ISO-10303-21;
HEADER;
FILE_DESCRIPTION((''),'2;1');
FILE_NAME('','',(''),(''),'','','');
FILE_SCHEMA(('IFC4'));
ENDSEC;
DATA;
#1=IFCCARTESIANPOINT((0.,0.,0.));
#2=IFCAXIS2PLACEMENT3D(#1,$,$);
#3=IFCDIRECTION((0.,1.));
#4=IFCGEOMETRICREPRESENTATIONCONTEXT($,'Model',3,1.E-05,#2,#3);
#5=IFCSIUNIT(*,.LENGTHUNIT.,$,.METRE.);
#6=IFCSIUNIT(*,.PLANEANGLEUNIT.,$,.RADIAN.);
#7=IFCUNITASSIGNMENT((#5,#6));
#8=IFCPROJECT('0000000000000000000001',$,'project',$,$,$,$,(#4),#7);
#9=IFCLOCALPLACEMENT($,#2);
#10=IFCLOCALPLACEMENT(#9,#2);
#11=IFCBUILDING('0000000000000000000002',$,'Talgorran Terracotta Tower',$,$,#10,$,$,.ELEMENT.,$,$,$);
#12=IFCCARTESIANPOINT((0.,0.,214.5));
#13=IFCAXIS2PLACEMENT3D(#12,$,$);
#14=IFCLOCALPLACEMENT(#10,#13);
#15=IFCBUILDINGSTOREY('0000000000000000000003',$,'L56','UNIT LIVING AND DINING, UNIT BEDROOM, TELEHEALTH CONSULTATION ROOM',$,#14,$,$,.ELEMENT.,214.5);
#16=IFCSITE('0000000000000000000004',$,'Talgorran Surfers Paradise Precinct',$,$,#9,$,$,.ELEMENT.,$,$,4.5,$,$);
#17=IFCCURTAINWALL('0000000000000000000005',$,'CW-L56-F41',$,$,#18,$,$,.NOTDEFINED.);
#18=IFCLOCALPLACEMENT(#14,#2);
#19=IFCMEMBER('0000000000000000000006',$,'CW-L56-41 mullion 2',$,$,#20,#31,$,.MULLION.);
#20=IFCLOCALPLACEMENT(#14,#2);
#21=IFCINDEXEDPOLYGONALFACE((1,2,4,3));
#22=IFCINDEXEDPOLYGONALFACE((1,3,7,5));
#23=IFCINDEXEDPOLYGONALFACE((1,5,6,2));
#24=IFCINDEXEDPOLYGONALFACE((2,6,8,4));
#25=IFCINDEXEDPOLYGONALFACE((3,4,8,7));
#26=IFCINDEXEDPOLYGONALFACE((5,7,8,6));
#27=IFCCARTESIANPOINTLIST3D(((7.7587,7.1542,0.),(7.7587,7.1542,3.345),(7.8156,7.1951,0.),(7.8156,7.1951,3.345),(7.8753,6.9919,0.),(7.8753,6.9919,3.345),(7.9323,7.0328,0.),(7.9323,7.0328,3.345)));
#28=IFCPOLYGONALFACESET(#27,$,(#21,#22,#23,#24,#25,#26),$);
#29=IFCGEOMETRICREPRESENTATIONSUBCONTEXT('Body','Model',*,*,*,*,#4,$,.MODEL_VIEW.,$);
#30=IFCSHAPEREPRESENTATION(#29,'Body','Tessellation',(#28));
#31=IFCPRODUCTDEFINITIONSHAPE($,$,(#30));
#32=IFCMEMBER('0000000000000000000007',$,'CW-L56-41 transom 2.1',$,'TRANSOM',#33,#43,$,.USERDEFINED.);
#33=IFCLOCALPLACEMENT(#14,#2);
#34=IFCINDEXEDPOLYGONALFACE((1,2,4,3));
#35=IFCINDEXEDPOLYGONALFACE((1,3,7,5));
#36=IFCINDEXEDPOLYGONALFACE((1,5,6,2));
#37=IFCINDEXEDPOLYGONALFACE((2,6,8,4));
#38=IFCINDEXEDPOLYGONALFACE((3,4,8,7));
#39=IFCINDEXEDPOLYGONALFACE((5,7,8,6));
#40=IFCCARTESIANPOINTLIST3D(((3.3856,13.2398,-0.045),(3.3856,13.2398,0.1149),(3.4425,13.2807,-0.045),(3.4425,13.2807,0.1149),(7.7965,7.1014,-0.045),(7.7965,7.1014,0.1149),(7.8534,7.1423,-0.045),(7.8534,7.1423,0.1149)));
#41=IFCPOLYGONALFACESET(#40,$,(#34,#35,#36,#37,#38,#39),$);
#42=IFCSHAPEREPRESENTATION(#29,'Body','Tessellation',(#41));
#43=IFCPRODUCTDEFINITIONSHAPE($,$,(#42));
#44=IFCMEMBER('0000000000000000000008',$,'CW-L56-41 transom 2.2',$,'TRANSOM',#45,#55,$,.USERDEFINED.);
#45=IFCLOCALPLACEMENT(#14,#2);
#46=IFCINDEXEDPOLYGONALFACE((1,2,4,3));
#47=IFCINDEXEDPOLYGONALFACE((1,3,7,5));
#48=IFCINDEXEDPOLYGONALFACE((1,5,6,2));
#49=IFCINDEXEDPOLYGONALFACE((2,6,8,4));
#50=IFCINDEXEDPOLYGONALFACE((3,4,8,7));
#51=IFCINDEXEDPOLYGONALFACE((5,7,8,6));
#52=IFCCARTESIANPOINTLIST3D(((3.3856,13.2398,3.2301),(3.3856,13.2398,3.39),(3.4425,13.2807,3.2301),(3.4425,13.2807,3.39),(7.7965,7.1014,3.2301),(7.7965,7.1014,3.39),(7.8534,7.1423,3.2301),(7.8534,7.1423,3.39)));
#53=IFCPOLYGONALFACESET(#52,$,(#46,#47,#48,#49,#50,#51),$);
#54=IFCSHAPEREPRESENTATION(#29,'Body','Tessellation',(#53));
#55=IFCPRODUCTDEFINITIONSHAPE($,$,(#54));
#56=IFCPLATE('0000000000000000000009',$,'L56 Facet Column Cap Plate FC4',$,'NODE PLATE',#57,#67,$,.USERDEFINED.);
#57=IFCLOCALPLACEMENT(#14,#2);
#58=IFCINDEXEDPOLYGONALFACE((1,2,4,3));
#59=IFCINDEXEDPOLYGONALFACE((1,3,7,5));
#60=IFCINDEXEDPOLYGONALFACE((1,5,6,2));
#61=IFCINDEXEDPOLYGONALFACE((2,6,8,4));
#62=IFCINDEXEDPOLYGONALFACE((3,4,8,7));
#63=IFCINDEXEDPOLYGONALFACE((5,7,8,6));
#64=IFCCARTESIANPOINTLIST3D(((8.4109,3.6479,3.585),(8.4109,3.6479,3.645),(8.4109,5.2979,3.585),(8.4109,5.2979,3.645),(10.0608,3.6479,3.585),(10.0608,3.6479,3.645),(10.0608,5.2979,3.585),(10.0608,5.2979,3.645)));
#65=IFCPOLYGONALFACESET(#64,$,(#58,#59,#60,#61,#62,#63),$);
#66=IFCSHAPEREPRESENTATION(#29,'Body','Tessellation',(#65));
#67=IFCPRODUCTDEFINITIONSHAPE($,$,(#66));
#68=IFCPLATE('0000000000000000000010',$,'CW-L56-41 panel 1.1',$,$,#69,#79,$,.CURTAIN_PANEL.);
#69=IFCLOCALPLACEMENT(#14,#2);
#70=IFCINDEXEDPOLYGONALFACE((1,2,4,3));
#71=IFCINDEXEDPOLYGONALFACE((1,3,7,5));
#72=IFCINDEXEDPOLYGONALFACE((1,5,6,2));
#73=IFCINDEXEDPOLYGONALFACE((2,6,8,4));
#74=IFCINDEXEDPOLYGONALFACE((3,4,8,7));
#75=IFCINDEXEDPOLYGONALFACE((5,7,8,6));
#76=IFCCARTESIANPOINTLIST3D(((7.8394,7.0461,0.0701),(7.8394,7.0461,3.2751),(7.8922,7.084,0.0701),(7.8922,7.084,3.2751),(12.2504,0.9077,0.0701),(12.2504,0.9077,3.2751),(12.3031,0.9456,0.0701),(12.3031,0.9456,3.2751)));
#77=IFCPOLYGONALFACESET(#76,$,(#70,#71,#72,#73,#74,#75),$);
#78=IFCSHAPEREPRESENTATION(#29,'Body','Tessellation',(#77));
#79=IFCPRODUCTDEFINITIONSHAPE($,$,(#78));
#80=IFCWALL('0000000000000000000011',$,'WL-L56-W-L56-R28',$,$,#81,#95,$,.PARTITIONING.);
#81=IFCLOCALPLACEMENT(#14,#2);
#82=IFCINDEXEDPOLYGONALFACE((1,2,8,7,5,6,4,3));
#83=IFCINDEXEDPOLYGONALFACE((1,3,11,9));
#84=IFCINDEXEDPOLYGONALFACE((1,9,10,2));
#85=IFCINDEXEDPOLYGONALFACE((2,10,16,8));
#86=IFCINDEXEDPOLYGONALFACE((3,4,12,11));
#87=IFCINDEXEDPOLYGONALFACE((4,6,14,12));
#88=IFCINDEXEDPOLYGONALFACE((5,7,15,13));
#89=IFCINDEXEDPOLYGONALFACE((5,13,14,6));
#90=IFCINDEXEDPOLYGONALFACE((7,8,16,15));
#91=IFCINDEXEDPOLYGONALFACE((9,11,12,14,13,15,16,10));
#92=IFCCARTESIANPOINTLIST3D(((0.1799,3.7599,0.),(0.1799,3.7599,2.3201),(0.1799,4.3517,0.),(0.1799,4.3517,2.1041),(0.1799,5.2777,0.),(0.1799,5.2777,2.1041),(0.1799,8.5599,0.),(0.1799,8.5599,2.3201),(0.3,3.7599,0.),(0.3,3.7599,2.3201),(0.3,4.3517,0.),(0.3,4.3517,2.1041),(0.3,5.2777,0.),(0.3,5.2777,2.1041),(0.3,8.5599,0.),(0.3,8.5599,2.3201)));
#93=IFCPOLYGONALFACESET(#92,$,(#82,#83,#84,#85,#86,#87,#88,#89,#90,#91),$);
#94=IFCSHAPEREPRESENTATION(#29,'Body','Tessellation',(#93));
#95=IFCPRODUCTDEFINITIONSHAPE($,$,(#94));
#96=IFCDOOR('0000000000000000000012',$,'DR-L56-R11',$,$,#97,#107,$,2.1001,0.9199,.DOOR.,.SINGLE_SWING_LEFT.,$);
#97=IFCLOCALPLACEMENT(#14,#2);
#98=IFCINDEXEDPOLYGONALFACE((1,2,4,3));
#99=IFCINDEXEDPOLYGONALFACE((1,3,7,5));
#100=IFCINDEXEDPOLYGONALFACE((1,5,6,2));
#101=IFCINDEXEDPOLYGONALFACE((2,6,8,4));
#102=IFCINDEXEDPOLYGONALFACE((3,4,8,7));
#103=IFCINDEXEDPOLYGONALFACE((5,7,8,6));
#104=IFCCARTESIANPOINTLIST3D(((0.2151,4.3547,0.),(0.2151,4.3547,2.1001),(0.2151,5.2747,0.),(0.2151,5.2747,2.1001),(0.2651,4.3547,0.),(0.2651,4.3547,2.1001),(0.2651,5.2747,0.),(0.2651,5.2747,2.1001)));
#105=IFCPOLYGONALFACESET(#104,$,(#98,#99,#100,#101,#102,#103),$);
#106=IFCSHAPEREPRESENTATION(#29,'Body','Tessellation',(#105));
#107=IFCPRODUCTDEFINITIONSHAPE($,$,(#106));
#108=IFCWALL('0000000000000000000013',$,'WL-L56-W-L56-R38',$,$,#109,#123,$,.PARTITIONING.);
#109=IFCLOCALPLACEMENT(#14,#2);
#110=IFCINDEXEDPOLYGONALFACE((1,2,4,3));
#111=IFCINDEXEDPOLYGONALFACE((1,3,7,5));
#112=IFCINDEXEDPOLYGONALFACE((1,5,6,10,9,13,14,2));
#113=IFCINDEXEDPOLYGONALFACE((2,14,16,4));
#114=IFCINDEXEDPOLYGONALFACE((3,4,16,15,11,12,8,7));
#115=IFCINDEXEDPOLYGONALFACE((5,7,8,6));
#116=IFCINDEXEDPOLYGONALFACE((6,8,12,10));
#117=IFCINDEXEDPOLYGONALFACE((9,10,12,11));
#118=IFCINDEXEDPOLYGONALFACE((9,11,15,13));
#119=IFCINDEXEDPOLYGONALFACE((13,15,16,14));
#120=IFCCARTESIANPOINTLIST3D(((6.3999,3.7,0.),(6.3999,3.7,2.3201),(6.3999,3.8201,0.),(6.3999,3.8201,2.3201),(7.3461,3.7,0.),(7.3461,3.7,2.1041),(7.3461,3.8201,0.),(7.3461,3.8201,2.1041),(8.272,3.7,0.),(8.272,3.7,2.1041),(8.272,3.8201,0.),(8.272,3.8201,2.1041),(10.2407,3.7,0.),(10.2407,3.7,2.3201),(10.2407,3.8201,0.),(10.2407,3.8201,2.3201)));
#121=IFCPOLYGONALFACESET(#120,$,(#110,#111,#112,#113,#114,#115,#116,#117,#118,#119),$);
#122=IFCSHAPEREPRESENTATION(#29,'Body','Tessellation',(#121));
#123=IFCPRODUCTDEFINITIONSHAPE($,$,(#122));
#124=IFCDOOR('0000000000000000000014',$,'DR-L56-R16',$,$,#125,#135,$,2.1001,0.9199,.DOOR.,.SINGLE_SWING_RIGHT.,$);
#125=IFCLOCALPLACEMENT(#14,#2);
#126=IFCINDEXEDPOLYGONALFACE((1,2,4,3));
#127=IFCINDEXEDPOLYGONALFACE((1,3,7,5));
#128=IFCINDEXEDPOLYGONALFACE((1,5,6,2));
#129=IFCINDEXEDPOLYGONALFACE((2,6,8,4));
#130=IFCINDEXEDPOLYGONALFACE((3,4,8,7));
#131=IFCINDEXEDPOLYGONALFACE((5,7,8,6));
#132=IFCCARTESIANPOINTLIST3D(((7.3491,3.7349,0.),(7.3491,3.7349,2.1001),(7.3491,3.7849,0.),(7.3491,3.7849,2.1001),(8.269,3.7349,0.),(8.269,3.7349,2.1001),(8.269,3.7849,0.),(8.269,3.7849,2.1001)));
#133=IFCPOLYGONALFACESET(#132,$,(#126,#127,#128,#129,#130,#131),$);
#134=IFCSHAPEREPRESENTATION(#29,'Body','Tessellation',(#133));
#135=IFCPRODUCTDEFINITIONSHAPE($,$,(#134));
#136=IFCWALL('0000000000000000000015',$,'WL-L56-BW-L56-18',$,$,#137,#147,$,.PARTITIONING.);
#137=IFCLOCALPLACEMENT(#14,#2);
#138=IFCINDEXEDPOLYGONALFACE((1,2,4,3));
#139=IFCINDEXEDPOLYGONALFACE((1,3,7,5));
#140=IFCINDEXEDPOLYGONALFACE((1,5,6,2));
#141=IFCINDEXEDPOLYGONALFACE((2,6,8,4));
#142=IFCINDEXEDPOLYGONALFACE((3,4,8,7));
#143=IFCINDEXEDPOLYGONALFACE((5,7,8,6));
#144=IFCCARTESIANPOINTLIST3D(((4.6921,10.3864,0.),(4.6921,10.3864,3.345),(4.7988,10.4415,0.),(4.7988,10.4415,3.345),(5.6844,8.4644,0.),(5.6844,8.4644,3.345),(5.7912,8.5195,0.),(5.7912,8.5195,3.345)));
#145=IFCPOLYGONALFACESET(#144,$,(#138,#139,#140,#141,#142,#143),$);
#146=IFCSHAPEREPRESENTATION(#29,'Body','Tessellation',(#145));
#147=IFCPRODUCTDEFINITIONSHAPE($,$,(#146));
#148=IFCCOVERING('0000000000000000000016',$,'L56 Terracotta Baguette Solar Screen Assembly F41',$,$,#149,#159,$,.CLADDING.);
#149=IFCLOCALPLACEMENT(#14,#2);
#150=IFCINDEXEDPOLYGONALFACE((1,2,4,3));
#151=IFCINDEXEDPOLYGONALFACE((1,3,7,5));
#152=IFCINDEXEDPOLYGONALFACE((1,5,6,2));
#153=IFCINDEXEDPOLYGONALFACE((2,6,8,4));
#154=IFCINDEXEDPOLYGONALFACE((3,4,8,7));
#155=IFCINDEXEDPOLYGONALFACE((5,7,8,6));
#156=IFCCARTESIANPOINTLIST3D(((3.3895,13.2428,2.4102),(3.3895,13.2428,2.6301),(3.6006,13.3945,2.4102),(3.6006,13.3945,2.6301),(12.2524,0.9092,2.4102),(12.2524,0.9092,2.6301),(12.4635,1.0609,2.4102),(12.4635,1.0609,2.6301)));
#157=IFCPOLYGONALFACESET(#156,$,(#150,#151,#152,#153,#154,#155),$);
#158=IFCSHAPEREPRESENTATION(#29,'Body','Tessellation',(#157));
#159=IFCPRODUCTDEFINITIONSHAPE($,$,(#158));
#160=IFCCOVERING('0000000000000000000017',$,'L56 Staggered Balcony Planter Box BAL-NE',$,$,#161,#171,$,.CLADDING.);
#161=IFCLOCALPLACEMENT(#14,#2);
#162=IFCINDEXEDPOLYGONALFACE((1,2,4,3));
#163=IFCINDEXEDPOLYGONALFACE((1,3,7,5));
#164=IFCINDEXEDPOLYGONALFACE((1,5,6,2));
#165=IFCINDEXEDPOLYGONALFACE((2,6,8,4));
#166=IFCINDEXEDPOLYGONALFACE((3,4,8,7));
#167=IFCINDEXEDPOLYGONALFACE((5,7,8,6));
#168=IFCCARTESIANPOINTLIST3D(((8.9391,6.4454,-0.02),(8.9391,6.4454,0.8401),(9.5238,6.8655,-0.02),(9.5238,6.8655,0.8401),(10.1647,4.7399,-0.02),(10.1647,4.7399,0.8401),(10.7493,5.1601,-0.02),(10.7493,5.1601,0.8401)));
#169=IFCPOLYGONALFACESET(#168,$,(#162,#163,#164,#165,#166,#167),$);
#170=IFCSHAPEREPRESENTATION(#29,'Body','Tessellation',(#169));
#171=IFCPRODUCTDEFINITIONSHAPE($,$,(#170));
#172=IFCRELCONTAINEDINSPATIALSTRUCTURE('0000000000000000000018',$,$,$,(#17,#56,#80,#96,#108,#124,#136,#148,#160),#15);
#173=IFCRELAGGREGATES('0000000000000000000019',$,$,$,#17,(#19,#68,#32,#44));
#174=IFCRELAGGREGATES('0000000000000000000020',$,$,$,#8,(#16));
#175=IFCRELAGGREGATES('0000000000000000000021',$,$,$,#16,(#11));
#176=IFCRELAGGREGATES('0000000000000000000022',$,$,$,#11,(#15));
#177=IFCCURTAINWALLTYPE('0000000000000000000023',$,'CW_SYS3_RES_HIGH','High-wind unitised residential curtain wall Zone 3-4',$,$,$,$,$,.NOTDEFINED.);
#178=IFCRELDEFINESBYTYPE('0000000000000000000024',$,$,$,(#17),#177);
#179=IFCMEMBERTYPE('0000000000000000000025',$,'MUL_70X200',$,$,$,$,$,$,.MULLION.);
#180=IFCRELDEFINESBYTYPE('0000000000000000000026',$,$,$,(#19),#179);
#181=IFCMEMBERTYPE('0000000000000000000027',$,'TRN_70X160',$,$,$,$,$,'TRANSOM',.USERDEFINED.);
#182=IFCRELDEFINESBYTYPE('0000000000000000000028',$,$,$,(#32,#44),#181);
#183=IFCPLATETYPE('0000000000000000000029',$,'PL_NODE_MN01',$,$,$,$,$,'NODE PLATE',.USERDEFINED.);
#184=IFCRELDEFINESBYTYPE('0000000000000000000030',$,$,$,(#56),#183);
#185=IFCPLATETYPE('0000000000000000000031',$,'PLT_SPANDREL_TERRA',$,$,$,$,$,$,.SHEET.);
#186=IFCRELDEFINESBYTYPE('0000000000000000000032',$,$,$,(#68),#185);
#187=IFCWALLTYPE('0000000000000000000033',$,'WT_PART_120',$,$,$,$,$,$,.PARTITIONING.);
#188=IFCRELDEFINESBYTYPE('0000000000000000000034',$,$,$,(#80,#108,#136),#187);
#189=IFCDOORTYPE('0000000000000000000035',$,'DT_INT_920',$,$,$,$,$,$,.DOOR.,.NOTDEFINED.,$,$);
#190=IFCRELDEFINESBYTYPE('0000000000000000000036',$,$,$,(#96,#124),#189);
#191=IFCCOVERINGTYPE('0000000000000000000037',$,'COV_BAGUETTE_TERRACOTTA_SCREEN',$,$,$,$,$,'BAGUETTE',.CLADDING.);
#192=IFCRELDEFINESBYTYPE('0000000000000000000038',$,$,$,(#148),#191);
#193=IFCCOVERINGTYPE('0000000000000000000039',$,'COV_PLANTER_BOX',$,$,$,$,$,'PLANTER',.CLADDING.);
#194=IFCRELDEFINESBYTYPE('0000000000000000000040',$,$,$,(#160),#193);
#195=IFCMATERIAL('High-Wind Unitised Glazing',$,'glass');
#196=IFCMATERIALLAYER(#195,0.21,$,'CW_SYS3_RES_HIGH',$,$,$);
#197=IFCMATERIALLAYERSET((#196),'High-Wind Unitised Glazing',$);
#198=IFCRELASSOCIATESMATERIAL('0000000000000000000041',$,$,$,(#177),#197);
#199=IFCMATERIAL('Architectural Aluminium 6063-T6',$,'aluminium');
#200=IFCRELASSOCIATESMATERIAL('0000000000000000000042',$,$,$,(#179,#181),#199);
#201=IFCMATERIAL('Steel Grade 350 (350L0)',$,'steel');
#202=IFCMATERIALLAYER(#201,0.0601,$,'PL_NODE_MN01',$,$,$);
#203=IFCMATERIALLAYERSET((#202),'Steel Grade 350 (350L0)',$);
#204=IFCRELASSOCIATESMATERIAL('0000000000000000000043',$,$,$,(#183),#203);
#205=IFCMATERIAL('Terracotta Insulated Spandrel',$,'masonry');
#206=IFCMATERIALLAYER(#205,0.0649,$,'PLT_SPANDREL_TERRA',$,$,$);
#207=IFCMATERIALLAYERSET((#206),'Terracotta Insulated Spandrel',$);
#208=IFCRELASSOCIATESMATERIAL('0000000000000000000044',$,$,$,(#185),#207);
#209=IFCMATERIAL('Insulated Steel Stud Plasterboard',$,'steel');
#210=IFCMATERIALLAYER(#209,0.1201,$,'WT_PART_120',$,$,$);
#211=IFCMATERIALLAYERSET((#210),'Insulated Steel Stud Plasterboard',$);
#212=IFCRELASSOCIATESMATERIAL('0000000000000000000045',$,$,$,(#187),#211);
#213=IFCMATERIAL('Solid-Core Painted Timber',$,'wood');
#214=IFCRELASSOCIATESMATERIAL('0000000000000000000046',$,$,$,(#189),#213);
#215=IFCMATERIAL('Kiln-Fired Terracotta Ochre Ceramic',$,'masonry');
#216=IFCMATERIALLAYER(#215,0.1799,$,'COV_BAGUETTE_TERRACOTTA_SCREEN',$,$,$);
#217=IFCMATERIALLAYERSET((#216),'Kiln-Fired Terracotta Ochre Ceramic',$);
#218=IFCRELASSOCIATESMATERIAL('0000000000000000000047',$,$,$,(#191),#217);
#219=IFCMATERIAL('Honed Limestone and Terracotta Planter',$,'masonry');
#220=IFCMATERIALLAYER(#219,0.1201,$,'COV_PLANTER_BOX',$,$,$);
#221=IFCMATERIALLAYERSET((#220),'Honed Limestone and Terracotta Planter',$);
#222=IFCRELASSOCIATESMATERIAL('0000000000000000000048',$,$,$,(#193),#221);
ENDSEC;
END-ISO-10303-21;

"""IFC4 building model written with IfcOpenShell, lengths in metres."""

from ifc_helpers import new_model, si_unit, direction, frame, frame_2d, origin, origin_2d, place, context, subcontext, project, spatial, rectangle, extrude, source, transform, mapped, material, layer, layer_set, material_profile, profile_set, type_object, type_shapes, element, fill, aggregate, save


model = new_model("IFC4")

# Units and contexts
model_context = context("Model", 3, precision=1e-05, world=origin(), true_north=direction((0.0, 1.0)))
body_context = subcontext(model_context, "Body", "Model", "MODEL_VIEW")
ifc_project = project(units=[si_unit("LENGTHUNIT", "METRE"), si_unit("PLANEANGLEUNIT", "RADIAN")], contexts=[model_context])

# Site, building, storey
site_placement = place(None, origin())
site = spatial("IfcSite", under=ifc_project, at=site_placement, Name="Talgorran Surfers Paradise Precinct", CompositionType="ELEMENT", RefElevation=4.5)
building_placement = place(site_placement, origin())
building = spatial("IfcBuilding", under=site, at=building_placement, Name="Talgorran Terracotta Tower", CompositionType="ELEMENT")
storey_placement = place(building_placement, frame((0.0, 0.0, 214.5)))
storey = spatial("IfcBuildingStorey", under=building, at=storey_placement, Name="L56", Description="UNIT LIVING AND DINING, UNIT BEDROOM, TELEHEALTH CONSULTATION ROOM", CompositionType="ELEMENT", Elevation=214.5)

# Shared definitions
ifc_material_1 = material(Name="Steel Grade 350 (350L0)", Category="steel")

# Curtain wall, members
ifc_material_2 = material(Name="High-Wind Unitised Glazing", Category="glass")
ifc_layer_1 = layer(ifc_material_2, 0.21, Name="CW_SYS3_RES_HIGH")
ifc_layer_set_1 = layer_set([ifc_layer_1], Name="High-Wind Unitised Glazing")
curtain_wall_type = type_object("IfcCurtainWallType", Name="CW_SYS3_RES_HIGH", Description="High-wind unitised residential curtain wall Zone 3-4", PredefinedType="NOTDEFINED", material=ifc_layer_set_1)
curtain_wall_placement = place(storey_placement, origin())
curtain_wall = element("IfcCurtainWall", 1, at=curtain_wall_placement, inside=storey, type_object=curtain_wall_type, Name="CW-L56-F41", PredefinedType="NOTDEFINED")
ifc_material_3 = material(Name="Architectural Aluminium 6063-T6", Category="aluminium")
ifc_material_profile_1 = material_profile(ifc_material_3, rectangle(XDim=0.0701, YDim=0.2, at=origin_2d()), Name="CWM70X200")
ifc_profile_set_1 = profile_set([ifc_material_profile_1], Name="Architectural Aluminium 6063-T6")
member_type_1 = type_object("IfcMemberType", Name="MUL_70X200", PredefinedType="MULLION", material=ifc_profile_set_1)
member_1_placement = place(storey_placement, frame((7.8455, 7.0935, 0.0), z_axis=(0.0, 0.0, 1.0), x_axis=(-0.812077, -0.58355, 0.0)))
member_1 = element("IfcMember", 2, at=member_1_placement, type_object=member_type_1, Name="CW-L56-41 mullion 2", PredefinedType="MULLION", context=body_context, shape_type="SweptSolid", body=[
    extrude(rectangle(XDim=0.0701, YDim=0.2, at=origin_2d()), origin(), (0.0, 0.0, 1.0), 3.345),
])
ifc_material_profile_2 = material_profile(ifc_material_3, rectangle(XDim=0.0701, YDim=0.1599, at=origin_2d()), Name="CWT70X160")
ifc_profile_set_2 = profile_set([ifc_material_profile_2], Name="Architectural Aluminium 6063-T6")
member_type_2 = type_object("IfcMemberType", Name="TRN_70X160", ElementType="TRANSOM", PredefinedType="USERDEFINED", material=ifc_profile_set_2)
member_2_placement = place(storey_placement, frame((7.825, 7.1218, 0.0349), z_axis=(-0.58354, 0.812085, 0.0), x_axis=(-0.812085, -0.58354, 0.0)))
member_2 = element("IfcMember", 3, at=member_2_placement, type_object=member_type_2, Name="CW-L56-41 transom 2.1", ObjectType="TRANSOM", PredefinedType="USERDEFINED", context=body_context, shape_type="SweptSolid", body=[
    extrude(rectangle(XDim=0.0701, YDim=0.1599, at=origin_2d()), origin(), (0.0, 0.0, 1.0), 7.5588),
])
member_3_placement = place(storey_placement, frame((7.825, 7.1218, 3.3101), z_axis=(-0.58354, 0.812085, 0.0), x_axis=(-0.812085, -0.58354, 0.0)))
member_3 = element("IfcMember", 4, at=member_3_placement, type_object=member_type_2, Name="CW-L56-41 transom 2.2", ObjectType="TRANSOM", PredefinedType="USERDEFINED", context=body_context, shape_type="SweptSolid", body=[
    extrude(rectangle(XDim=0.0701, YDim=0.1599, at=origin_2d()), origin(), (0.0, 0.0, 1.0), 7.5588),
])

# Plates
ifc_layer_2 = layer(ifc_material_1, 0.0601, Name="PL_NODE_MN01")
ifc_layer_set_2 = layer_set([ifc_layer_2], Name="Steel Grade 350 (350L0)")
plate_type_1 = type_object("IfcPlateType", Name="PL_NODE_MN01", ElementType="NODE PLATE", PredefinedType="USERDEFINED", material=ifc_layer_set_2)
plate_1_placement = place(storey_placement, frame((9.2358, 4.4729, 3.585), z_axis=(0.0, 0.0, 1.0), x_axis=(1.0, 0.0, 0.0)))
element("IfcPlate", 5, at=plate_1_placement, inside=storey, type_object=plate_type_1, Name="L56 Facet Column Cap Plate FC4", ObjectType="NODE PLATE", PredefinedType="USERDEFINED", context=body_context, shape_type="SweptSolid", body=[
    extrude(rectangle(XDim=1.6499, YDim=1.6499, at=origin_2d()), origin(), (0.0, 0.0, 1.0), 0.0601),
])
ifc_material_4 = material(Name="Terracotta Insulated Spandrel", Category="masonry")
ifc_layer_3 = layer(ifc_material_4, 0.0649, Name="PLT_SPANDREL_TERRA")
ifc_layer_set_3 = layer_set([ifc_layer_3], Name="Terracotta Insulated Spandrel")
plate_type_2 = type_object("IfcPlateType", Name="PLT_SPANDREL_TERRA", PredefinedType="SHEET", material=ifc_layer_set_3)
shared_shape = source(origin(), body_context, "Body", "SweptSolid", [
    extrude(rectangle(XDim=7.5588, YDim=0.0649, at=origin_2d()), origin(), (0.0, 0.0, 1.0), 3.2051),
])
type_shapes(plate_type_2, [shared_shape])
plate_2_placement = place(storey_placement, frame((10.0713, 3.9958, 0.0701), z_axis=(0.0, 0.0, 1.0), x_axis=(-0.58355, 0.812077, 0.0)))
plate_2 = element("IfcPlate", 6, at=plate_2_placement, type_object=plate_type_2, Name="CW-L56-41 panel 1.1", PredefinedType="CURTAIN_PANEL", context=body_context, shape_type="MappedRepresentation", body=[
    mapped(shared_shape, transform((0.0, 0.0, 0.0), scale=1.0)),
])
aggregate(curtain_wall, [member_1, plate_2, member_2, member_3])

# Walls, openings, doors
ifc_material_5 = material(Name="Insulated Steel Stud Plasterboard", Category="steel")
ifc_layer_4 = layer(ifc_material_5, 0.1201, Name="WT_PART_120")
ifc_layer_set_4 = layer_set([ifc_layer_4], Name="Insulated Steel Stud Plasterboard")
wall_type = type_object("IfcWallType", Name="WT_PART_120", PredefinedType="PARTITIONING", material=ifc_layer_set_4)
wall_1_placement = place(storey_placement, frame((0.24, 3.76, 0.0), z_axis=(0.0, 0.0, 1.0), x_axis=(0.0, 1.0, 0.0)))
wall_1 = element("IfcWall", 7, at=wall_1_placement, inside=storey, type_object=wall_type, Name="WL-L56-W-L56-R28", PredefinedType="PARTITIONING", context=body_context, shape_type="SweptSolid", body=[
    extrude(rectangle(XDim=4.8, YDim=0.1201, at=frame_2d((2.3999, 0.0))), origin(), (0.0, 0.0, 1.0), 2.3201),
])
opening_1_placement = place(wall_1_placement, frame((0.5947, 0.0, 0.0)))
opening_1 = element("IfcOpeningElement", 8, at=opening_1_placement, cuts=wall_1, PredefinedType="OPENING", context=body_context, shape_type="SweptSolid", body=[
    extrude(rectangle(XDim=0.9259, YDim=2.1041, at=frame_2d((0.46, 1.052))), frame((0.0, 0.0701, 0.0), z_axis=(0.0, -1.0, 0.0), x_axis=(1.0, 0.0, 0.0)), (0.0, 0.0, 1.0), 0.1401),
])
ifc_material_6 = material(Name="Solid-Core Painted Timber", Category="wood")
door_type = type_object("IfcDoorType", Name="DT_INT_920", OperationType="NOTDEFINED", PredefinedType="DOOR", material=ifc_material_6)
door_1_placement = place(opening_1_placement, origin())
door_1 = element("IfcDoor", 9, at=door_1_placement, inside=storey, type_object=door_type, Name="DR-L56-R11", OperationType="SINGLE_SWING_LEFT", OverallHeight=2.1001, OverallWidth=0.9199, PredefinedType="DOOR", context=body_context, shape_type="SweptSolid", body=[
    extrude(rectangle(XDim=0.9199, YDim=2.1001, at=frame_2d((0.46, 1.05))), frame((0.0, 0.0249, 0.0), z_axis=(0.0, -1.0, 0.0), x_axis=(1.0, 0.0, 0.0)), (0.0, 0.0, 1.0), 0.05),
])
fill(opening_1, door_1)
wall_2_placement = place(storey_placement, frame((6.3999, 3.76, 0.0), z_axis=(0.0, 0.0, 1.0), x_axis=(1.0, 0.0, 0.0)))
wall_2 = element("IfcWall", 10, at=wall_2_placement, inside=storey, type_object=wall_type, Name="WL-L56-W-L56-R38", PredefinedType="PARTITIONING", context=body_context, shape_type="SweptSolid", body=[
    extrude(rectangle(XDim=3.8408, YDim=0.1201, at=frame_2d((1.9204, 0.0))), origin(), (0.0, 0.0, 1.0), 2.3201),
])
opening_2_placement = place(wall_2_placement, frame((0.9492, 0.0, 0.0)))
opening_2 = element("IfcOpeningElement", 11, at=opening_2_placement, cuts=wall_2, PredefinedType="OPENING", context=body_context, shape_type="SweptSolid", body=[
    extrude(rectangle(XDim=0.9259, YDim=2.1041, at=frame_2d((0.46, 1.052))), frame((0.0, 0.0701, 0.0), z_axis=(0.0, -1.0, 0.0), x_axis=(1.0, 0.0, 0.0)), (0.0, 0.0, 1.0), 0.1401),
])
door_2_placement = place(opening_2_placement, origin())
door_2 = element("IfcDoor", 12, at=door_2_placement, inside=storey, type_object=door_type, Name="DR-L56-R16", OperationType="SINGLE_SWING_RIGHT", OverallHeight=2.1001, OverallWidth=0.9199, PredefinedType="DOOR", context=body_context, shape_type="SweptSolid", body=[
    extrude(rectangle(XDim=0.9199, YDim=2.1001, at=frame_2d((0.46, 1.05))), frame((0.0, 0.0249, 0.0), z_axis=(0.0, -1.0, 0.0), x_axis=(1.0, 0.0, 0.0)), (0.0, 0.0, 1.0), 0.05),
])
fill(opening_2, door_2)

# Wall
wall_3_placement = place(storey_placement, frame((5.7378, 8.4919, 0.0), z_axis=(0.0, 0.0, 1.0), x_axis=(-0.458778, 0.888551, 0.0)))
element("IfcWall", 13, at=wall_3_placement, inside=storey, type_object=wall_type, Name="WL-L56-BW-L56-18", PredefinedType="PARTITIONING", context=body_context, shape_type="SweptSolid", body=[
    extrude(rectangle(XDim=2.1631, YDim=0.1201, at=frame_2d((1.0815, 0.0))), origin(), (0.0, 0.0, 1.0), 3.345),
])

# Coverings
ifc_material_7 = material(Name="Kiln-Fired Terracotta Ochre Ceramic", Category="masonry")
ifc_layer_5 = layer(ifc_material_7, 0.1799, Name="COV_BAGUETTE_TERRACOTTA_SCREEN")
ifc_layer_set_5 = layer_set([ifc_layer_5], Name="Kiln-Fired Terracotta Ochre Ceramic")
covering_type_1 = type_object("IfcCoveringType", Name="COV_BAGUETTE_TERRACOTTA_SCREEN", ElementType="BAGUETTE", PredefinedType="CLADDING", material=ifc_layer_set_5)
covering_1_placement = place(storey_placement, frame((7.9265, 7.1519, 2.4102), z_axis=(0.0, 0.0, 1.0), x_axis=(-0.583555, 0.812073, 0.0)))
element("IfcCovering", 14, at=covering_1_placement, inside=storey, type_object=covering_type_1, Name="L56 Terracotta Baguette Solar Screen Assembly F41", PredefinedType="CLADDING", context=body_context, shape_type="SweptSolid", body=[
    extrude(rectangle(XDim=15.1877, YDim=0.26, at=origin_2d()), origin(), (0.0, 0.0, 1.0), 0.22),
])
ifc_material_8 = material(Name="Honed Limestone and Terracotta Planter", Category="masonry")
ifc_layer_6 = layer(ifc_material_8, 0.1201, Name="COV_PLANTER_BOX")
ifc_layer_set_6 = layer_set([ifc_layer_6], Name="Honed Limestone and Terracotta Planter")
covering_type_2 = type_object("IfcCoveringType", Name="COV_PLANTER_BOX", ElementType="PLANTER", PredefinedType="CLADDING", material=ifc_layer_set_6)
covering_2_placement = place(storey_placement, frame((9.8442, 5.8027, -0.02), z_axis=(0.0, 0.0, 1.0), x_axis=(-0.583555, 0.812073, 0.0)))
element("IfcCovering", 15, at=covering_2_placement, inside=storey, type_object=covering_type_2, Name="L56 Staggered Balcony Planter Box BAL-NE", PredefinedType="CLADDING", context=body_context, shape_type="SweptSolid", body=[
    extrude(rectangle(XDim=2.1001, YDim=0.72, at=origin_2d()), origin(), (0.0, 0.0, 1.0), 0.8601),
])

save(model, "model.ifc")
